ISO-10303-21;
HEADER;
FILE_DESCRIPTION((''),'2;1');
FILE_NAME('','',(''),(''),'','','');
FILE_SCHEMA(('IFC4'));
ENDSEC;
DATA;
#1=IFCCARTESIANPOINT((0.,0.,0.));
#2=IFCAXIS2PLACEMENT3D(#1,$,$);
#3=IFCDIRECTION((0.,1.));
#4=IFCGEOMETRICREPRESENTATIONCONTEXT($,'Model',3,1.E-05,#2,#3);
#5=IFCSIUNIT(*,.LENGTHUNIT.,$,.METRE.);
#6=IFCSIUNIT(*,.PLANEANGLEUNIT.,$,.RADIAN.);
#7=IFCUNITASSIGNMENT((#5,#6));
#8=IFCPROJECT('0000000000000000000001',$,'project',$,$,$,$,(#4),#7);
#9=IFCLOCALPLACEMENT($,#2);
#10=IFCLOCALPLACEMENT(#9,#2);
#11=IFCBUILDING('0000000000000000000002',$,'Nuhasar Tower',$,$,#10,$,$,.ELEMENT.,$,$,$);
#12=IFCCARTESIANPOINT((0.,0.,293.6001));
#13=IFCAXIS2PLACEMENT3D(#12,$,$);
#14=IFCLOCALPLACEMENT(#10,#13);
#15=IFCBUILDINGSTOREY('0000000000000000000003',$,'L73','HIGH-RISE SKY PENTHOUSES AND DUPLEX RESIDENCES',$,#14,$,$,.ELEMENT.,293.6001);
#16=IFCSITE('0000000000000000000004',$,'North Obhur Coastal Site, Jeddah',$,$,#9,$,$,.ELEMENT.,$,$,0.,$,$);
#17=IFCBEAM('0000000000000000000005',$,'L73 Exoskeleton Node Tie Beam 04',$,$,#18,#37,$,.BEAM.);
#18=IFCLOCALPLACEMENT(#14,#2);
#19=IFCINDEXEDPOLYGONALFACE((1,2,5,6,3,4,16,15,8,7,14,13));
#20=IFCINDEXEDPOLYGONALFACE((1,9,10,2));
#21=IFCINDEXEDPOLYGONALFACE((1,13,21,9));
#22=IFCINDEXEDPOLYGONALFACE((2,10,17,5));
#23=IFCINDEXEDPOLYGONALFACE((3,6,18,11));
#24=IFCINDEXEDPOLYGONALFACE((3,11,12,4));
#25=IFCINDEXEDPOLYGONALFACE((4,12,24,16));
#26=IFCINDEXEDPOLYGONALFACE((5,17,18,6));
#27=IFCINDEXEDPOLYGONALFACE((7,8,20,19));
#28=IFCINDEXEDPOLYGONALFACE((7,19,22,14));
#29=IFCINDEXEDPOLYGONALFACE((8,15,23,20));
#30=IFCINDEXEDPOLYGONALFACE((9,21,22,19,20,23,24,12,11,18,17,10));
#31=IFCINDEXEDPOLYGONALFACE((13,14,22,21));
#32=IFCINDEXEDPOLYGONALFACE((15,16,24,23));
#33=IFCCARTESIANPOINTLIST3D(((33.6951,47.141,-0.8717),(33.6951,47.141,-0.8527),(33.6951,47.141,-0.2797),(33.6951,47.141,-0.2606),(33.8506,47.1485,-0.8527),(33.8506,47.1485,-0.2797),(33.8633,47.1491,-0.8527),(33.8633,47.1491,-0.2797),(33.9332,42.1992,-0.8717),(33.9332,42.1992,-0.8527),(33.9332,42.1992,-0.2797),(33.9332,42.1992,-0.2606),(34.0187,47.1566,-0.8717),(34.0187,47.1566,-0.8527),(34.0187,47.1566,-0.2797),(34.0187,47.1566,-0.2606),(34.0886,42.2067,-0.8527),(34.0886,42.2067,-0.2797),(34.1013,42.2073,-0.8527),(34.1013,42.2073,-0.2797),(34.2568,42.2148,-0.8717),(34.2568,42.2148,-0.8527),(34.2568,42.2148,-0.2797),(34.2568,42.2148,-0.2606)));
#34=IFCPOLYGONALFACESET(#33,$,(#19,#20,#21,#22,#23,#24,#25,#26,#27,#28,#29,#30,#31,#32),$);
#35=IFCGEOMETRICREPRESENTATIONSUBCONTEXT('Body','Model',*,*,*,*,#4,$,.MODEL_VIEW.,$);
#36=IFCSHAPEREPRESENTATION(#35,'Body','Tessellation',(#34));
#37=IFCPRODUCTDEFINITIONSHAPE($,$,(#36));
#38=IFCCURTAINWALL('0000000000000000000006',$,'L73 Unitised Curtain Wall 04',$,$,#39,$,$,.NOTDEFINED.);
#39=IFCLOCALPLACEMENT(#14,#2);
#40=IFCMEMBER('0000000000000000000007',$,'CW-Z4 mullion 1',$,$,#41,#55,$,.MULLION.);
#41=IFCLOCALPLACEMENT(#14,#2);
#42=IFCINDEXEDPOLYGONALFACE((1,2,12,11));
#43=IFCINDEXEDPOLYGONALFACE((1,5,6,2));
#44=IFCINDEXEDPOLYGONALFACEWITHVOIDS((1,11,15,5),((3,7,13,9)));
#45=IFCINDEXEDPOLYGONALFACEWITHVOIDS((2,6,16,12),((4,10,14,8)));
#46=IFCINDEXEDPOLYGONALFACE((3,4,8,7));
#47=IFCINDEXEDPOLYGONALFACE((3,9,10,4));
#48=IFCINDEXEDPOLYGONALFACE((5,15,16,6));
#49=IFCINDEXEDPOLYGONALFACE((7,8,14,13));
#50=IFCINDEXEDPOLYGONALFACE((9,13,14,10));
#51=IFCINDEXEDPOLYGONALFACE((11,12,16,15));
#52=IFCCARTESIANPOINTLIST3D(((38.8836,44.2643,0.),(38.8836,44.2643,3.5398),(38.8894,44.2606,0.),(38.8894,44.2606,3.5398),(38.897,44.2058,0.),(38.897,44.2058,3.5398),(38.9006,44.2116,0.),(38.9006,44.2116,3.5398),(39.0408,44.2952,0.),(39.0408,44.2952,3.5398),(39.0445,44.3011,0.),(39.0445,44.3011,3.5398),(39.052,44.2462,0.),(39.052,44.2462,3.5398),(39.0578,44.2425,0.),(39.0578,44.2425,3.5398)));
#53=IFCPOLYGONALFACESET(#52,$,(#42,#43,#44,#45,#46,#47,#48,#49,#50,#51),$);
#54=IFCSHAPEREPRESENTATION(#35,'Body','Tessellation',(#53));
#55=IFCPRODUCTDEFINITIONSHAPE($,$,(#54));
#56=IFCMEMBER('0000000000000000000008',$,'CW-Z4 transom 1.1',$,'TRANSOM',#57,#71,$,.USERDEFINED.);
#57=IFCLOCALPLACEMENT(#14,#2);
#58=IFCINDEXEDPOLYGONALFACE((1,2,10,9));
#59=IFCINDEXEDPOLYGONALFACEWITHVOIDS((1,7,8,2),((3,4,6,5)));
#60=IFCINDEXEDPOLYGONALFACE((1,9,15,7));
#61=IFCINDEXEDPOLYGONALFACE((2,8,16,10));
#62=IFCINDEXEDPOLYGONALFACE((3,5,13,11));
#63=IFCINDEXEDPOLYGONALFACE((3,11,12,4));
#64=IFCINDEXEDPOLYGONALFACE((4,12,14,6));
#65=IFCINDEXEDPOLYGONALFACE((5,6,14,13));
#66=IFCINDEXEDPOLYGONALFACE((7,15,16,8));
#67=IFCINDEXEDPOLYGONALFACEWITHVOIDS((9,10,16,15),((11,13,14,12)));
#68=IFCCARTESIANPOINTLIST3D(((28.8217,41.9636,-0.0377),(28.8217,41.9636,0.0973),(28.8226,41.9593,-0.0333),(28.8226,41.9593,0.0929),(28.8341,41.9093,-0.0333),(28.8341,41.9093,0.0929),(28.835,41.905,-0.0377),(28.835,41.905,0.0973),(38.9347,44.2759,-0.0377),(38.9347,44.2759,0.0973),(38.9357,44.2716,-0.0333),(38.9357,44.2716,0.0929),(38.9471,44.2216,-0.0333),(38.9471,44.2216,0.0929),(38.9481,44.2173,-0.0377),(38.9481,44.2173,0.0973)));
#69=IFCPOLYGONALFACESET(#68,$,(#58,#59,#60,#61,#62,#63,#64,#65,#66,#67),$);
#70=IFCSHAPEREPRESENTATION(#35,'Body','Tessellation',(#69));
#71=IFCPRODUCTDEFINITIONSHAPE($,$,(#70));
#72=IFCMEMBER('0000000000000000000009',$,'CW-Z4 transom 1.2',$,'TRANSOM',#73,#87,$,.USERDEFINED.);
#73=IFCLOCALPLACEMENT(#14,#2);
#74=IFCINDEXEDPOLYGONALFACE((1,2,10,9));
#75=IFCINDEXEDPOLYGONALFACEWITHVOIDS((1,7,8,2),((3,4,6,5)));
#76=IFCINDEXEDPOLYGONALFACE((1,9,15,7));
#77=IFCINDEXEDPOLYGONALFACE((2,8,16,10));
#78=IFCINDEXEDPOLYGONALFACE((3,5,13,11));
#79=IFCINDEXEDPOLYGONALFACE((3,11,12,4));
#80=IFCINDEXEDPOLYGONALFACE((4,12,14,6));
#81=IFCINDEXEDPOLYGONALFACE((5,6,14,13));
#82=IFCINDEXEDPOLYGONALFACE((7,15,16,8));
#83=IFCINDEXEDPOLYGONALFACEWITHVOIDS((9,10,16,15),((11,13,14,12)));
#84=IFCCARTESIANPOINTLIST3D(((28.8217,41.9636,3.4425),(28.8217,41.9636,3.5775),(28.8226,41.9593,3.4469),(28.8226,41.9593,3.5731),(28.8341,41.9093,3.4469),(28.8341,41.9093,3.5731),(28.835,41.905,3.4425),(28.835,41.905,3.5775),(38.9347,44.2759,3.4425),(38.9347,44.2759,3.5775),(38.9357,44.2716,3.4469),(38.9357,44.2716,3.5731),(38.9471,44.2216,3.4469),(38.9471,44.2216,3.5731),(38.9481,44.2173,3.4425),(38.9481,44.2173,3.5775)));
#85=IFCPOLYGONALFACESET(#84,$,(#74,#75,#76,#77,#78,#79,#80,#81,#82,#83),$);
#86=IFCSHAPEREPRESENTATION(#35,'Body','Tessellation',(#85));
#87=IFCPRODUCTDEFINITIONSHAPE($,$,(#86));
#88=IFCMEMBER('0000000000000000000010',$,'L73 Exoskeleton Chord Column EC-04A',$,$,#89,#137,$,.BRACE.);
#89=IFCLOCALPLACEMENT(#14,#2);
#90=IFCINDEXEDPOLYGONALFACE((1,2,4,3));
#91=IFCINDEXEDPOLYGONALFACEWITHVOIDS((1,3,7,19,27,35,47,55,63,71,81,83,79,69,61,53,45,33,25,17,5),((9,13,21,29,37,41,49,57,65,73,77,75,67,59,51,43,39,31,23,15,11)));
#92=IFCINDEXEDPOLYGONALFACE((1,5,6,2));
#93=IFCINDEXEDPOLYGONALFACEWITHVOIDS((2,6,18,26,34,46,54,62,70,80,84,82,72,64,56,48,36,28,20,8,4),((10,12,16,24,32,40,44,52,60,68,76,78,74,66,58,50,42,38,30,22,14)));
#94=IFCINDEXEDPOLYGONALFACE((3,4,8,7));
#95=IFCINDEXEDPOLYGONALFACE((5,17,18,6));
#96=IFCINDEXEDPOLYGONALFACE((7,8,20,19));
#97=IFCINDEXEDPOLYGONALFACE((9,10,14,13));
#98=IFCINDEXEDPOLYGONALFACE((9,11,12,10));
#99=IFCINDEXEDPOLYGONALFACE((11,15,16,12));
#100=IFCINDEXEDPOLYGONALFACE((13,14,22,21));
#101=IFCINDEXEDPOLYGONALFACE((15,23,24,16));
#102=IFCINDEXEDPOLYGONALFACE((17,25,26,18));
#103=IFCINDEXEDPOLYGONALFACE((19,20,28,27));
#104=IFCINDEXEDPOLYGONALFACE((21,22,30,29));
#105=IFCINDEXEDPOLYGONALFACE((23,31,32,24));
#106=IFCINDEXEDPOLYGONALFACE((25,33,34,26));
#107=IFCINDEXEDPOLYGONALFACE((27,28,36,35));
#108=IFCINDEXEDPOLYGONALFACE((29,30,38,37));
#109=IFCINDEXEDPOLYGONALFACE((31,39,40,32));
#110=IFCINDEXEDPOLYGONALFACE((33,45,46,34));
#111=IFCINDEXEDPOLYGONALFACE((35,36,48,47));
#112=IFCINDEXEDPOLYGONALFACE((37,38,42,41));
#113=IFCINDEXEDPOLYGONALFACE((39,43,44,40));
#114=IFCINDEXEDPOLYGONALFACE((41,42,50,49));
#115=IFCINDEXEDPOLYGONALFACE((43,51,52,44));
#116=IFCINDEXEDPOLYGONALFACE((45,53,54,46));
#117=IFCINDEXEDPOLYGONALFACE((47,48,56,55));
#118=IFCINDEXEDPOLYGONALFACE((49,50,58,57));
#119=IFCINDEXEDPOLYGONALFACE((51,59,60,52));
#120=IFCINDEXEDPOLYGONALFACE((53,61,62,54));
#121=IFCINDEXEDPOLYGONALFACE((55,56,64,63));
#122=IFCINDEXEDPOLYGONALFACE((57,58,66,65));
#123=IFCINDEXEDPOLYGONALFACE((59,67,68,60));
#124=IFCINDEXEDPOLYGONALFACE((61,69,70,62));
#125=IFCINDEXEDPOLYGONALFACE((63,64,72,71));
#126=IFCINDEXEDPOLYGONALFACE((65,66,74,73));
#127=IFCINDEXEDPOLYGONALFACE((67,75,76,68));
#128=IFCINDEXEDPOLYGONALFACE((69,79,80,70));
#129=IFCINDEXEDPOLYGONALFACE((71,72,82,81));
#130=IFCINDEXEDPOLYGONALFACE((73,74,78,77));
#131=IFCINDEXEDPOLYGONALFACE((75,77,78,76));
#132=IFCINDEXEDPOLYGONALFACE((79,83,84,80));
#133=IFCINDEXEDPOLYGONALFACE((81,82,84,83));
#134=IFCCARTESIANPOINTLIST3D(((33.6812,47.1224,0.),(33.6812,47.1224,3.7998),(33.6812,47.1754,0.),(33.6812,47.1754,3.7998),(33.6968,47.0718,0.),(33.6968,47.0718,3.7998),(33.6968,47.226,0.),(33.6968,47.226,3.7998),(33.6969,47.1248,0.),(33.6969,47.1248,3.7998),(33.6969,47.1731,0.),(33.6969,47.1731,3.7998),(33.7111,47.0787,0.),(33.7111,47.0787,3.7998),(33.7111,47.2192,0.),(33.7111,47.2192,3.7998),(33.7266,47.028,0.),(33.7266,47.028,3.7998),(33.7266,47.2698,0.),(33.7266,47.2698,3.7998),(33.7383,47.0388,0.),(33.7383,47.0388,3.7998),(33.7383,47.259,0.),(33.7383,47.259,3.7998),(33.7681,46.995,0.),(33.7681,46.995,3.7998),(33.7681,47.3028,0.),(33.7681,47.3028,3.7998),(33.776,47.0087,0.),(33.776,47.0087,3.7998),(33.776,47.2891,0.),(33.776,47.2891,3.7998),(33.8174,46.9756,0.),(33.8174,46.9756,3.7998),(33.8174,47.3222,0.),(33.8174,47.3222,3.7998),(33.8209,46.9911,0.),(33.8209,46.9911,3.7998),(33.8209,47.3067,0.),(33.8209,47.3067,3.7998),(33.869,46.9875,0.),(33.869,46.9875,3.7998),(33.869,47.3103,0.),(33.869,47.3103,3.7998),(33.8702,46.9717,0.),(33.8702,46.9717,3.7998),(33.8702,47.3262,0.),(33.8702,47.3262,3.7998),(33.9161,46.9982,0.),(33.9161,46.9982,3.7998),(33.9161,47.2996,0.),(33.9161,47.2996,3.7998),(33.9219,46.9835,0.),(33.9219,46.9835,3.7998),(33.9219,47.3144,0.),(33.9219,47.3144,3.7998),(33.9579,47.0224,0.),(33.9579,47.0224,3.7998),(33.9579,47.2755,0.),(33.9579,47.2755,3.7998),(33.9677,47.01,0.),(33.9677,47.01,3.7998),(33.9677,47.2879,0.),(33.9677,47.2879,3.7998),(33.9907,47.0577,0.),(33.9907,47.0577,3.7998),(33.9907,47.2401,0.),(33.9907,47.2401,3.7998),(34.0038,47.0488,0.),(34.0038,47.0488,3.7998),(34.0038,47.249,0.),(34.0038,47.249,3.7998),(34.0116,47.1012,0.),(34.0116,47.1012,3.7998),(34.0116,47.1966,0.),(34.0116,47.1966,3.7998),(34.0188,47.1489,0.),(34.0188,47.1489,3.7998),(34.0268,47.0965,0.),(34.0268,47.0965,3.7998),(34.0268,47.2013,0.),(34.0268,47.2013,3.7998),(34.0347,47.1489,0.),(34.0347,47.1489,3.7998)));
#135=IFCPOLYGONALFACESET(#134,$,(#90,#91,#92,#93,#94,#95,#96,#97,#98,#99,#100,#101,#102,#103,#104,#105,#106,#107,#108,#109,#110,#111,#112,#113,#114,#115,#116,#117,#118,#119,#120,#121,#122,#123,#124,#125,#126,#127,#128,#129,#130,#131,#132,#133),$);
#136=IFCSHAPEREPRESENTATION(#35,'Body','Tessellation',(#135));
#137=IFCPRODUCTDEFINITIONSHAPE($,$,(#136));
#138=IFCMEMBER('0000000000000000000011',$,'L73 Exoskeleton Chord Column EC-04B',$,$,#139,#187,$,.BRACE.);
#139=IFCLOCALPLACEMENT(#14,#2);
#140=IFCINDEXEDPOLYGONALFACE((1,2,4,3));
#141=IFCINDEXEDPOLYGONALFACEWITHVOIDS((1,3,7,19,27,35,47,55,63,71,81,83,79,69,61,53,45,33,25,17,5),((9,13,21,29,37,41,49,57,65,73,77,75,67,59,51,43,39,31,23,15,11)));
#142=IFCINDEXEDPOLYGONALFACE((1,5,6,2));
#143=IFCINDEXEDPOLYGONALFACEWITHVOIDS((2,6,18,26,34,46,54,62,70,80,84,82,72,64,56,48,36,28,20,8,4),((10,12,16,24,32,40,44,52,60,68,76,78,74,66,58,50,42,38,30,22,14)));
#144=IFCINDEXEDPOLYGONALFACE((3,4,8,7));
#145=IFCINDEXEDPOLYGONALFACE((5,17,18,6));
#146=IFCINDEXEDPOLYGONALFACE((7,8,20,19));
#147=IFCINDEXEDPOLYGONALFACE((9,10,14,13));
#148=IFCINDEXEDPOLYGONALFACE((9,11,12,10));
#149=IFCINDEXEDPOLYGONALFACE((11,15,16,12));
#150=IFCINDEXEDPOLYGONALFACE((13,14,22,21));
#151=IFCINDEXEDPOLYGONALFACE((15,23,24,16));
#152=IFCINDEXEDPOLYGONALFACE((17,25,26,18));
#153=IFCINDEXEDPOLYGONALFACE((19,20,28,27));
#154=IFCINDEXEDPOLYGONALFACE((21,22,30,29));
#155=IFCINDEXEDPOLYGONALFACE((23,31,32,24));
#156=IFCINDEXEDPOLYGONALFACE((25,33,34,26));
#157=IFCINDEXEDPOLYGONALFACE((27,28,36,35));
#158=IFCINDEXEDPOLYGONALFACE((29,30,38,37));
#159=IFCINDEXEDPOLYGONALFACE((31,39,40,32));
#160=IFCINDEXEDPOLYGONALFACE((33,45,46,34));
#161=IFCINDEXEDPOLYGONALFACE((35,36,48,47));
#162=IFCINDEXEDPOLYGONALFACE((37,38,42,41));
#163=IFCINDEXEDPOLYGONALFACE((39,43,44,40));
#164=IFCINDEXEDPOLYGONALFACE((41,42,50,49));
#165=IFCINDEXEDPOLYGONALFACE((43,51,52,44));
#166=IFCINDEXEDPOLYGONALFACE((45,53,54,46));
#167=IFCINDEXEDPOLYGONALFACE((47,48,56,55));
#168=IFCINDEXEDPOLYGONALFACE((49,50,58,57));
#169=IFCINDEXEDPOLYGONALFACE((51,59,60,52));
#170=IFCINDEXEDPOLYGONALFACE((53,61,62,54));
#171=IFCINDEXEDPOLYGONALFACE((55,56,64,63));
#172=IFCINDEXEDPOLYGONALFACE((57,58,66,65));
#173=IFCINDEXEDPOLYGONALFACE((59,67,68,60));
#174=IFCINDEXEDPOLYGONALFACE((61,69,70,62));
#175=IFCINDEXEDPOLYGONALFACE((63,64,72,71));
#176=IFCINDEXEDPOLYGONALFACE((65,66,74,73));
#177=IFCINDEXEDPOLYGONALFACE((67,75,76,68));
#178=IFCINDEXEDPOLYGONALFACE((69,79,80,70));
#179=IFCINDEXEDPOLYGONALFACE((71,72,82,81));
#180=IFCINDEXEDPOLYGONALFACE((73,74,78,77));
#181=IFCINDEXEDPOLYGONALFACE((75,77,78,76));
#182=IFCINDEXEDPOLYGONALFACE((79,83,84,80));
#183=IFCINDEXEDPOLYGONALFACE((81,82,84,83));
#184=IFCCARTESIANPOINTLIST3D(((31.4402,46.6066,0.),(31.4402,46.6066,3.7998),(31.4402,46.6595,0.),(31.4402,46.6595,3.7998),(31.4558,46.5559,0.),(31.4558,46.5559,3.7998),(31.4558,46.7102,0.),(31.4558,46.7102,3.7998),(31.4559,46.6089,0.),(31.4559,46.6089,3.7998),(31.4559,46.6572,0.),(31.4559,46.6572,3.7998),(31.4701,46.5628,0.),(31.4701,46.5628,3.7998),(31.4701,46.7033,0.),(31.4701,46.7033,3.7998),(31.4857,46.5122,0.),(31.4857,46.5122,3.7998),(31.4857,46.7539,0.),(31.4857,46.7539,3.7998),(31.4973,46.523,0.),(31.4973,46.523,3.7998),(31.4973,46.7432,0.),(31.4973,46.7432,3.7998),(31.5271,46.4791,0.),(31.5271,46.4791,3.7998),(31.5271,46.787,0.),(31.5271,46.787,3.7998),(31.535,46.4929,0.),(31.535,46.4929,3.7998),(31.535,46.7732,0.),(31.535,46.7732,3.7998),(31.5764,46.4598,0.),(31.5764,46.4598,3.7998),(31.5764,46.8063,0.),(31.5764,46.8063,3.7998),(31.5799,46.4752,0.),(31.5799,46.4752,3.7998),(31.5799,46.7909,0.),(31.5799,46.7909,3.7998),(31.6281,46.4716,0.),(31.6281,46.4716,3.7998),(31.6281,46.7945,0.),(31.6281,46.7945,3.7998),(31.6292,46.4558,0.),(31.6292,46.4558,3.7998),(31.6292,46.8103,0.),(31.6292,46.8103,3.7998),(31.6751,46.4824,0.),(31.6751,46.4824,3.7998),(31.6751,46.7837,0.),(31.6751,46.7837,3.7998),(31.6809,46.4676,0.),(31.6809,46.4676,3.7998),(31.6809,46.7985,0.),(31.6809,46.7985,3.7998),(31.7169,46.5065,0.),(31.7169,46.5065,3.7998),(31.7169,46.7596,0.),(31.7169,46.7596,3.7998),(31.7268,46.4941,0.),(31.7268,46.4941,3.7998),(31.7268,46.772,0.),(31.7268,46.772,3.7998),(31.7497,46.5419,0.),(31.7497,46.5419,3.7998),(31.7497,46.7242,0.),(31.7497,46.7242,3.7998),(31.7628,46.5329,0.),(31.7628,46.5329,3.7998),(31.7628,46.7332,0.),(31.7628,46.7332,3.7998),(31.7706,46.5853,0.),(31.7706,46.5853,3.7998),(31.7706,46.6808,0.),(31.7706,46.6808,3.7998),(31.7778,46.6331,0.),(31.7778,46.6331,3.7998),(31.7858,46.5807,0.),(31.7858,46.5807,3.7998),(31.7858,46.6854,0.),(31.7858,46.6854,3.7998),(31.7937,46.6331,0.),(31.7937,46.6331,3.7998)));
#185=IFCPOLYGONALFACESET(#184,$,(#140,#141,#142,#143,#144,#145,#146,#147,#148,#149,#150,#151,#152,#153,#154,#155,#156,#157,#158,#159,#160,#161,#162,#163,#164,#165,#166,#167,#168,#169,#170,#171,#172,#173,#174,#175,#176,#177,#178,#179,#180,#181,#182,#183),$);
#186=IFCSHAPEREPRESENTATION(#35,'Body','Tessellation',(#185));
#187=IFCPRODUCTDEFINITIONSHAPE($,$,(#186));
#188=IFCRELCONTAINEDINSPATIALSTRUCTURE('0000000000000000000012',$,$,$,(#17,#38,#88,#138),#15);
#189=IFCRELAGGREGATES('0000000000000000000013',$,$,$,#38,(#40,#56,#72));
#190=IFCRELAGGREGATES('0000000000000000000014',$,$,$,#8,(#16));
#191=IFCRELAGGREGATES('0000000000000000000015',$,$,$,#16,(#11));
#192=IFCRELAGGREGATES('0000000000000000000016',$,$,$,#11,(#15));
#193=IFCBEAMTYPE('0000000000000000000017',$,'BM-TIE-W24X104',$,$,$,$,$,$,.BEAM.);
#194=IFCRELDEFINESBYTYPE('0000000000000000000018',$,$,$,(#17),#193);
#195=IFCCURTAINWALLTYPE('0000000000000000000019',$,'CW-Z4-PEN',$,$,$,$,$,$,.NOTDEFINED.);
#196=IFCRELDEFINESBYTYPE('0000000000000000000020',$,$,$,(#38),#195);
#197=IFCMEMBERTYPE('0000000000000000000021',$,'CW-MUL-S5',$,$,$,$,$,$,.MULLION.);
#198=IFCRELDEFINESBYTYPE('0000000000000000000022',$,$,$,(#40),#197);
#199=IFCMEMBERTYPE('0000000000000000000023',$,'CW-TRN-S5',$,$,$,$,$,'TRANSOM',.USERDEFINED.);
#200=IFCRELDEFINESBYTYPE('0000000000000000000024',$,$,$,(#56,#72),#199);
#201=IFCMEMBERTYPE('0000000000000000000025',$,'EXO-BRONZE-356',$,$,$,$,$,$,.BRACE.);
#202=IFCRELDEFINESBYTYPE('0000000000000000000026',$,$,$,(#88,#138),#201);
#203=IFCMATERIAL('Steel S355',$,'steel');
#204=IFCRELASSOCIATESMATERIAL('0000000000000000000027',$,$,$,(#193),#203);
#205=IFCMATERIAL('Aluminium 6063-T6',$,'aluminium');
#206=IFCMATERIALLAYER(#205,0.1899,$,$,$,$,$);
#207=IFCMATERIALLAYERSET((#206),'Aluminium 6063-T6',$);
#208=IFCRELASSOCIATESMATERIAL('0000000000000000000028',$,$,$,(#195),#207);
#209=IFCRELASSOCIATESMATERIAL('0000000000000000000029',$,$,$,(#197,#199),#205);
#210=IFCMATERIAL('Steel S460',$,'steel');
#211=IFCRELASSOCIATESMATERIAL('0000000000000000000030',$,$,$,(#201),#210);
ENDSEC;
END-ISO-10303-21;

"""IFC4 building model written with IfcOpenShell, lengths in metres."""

from ifc_helpers import new_model, si_unit, direction, frame, origin, origin_2d, place, context, subcontext, project, spatial, hollow_rectangle, hollow_circle, i_section, extrude, material, layer, layer_set, material_profile, profile_set, type_object, element, aggregate, save


model = new_model("IFC4")

# Units and contexts
model_context = context("Model", 3, precision=1e-05, world=origin(), true_north=direction((0.0, 1.0)))
body_context = subcontext(model_context, "Body", "Model", "MODEL_VIEW")
ifc_project = project(units=[si_unit("LENGTHUNIT", "METRE"), si_unit("PLANEANGLEUNIT", "RADIAN")], contexts=[model_context])

# Site, building, storey
site_placement = place(None, origin())
site = spatial("IfcSite", under=ifc_project, at=site_placement, Name="North Obhur Coastal Site, Jeddah", CompositionType="ELEMENT", RefElevation=0.0)
building_placement = place(site_placement, origin())
building = spatial("IfcBuilding", under=site, at=building_placement, Name="Nuhasar Tower", CompositionType="ELEMENT")
storey_placement = place(building_placement, frame((0.0, 0.0, 293.6001)))
storey = spatial("IfcBuildingStorey", under=building, at=storey_placement, Name="L73", Description="HIGH-RISE SKY PENTHOUSES AND DUPLEX RESIDENCES", CompositionType="ELEMENT", Elevation=293.6001)

# Beam
ifc_material_1 = material(Name="Steel S355", Category="steel")
ifc_material_profile_1 = material_profile(ifc_material_1, i_section(OverallWidth=0.324, OverallDepth=0.6111, WebThickness=0.0127, FlangeThickness=0.019, at=origin_2d()), Name="W24X104")
ifc_profile_set_1 = profile_set([ifc_material_profile_1], Name="Steel S355")
beam_type_1 = type_object("IfcBeamType", Name="BM-TIE-W24X104", PredefinedType="BEAM", material=ifc_profile_set_1)
beam_1_placement = place(storey_placement, frame((34.095, 42.207, -0.5662), z_axis=(-0.048111, 0.998842, 0.0), x_axis=(-0.998842, -0.048111, 0.0)))
element("IfcBeam", 1, at=beam_1_placement, inside=storey, type_object=beam_type_1, Name="L73 Exoskeleton Node Tie Beam 04", PredefinedType="BEAM", context=body_context, shape_type="SweptSolid", body=[
    extrude(i_section(OverallWidth=0.324, OverallDepth=0.6111, WebThickness=0.0127, FlangeThickness=0.019, at=origin_2d()), origin(), (0.0, 0.0, 1.0), 4.9475),
])

# Curtain wall, members
ifc_material_2 = material(Name="Aluminium 6063-T6", Category="aluminium")
ifc_layer_1 = layer(ifc_material_2, 0.1899)
ifc_layer_set_1 = layer_set([ifc_layer_1], Name="Aluminium 6063-T6")
curtain_wall_type = type_object("IfcCurtainWallType", Name="CW-Z4-PEN", PredefinedType="NOTDEFINED", material=ifc_layer_set_1)
curtain_wall_placement = place(storey_placement, origin())
curtain_wall = element("IfcCurtainWall", 2, at=curtain_wall_placement, inside=storey, type_object=curtain_wall_type, Name="L73 Unitised Curtain Wall 04", PredefinedType="NOTDEFINED")
ifc_material_profile_2 = material_profile(ifc_material_2, hollow_rectangle(XDim=0.0601, YDim=0.165, WallThickness=0.0049, at=origin_2d()), Name="CWM-5")
ifc_profile_set_2 = profile_set([ifc_material_profile_2], Name="Aluminium 6063-T6")
member_type_1 = type_object("IfcMemberType", Name="CW-MUL-S5", PredefinedType="MULLION", material=ifc_profile_set_2)
member_1_placement = place(storey_placement, frame((38.9707, 44.2534, 0.0), z_axis=(0.0, 0.0, 1.0), x_axis=(0.222889, -0.974844, 0.0)))
member_1 = element("IfcMember", 3, at=member_1_placement, type_object=member_type_1, Name="CW-Z4 mullion 1", PredefinedType="MULLION", context=body_context, shape_type="SweptSolid", body=[
    extrude(hollow_rectangle(XDim=0.0601, YDim=0.165, WallThickness=0.0049, at=origin_2d()), origin(), (0.0, 0.0, 1.0), 3.5398),
])
ifc_material_profile_3 = material_profile(ifc_material_2, hollow_rectangle(XDim=0.0601, YDim=0.135, WallThickness=0.0044, at=origin_2d()), Name="CWT-5")
ifc_profile_set_3 = profile_set([ifc_material_profile_3], Name="Aluminium 6063-T6")
member_type_2 = type_object("IfcMemberType", Name="CW-TRN-S5", ElementType="TRANSOM", PredefinedType="USERDEFINED", material=ifc_profile_set_3)
member_2_placement = place(storey_placement, frame((38.9414, 44.2466, 0.0298), z_axis=(-0.974844, -0.222889, 0.0), x_axis=(0.222889, -0.974844, 0.0)))
member_2 = element("IfcMember", 4, at=member_2_placement, type_object=member_type_2, Name="CW-Z4 transom 1.1", ObjectType="TRANSOM", PredefinedType="USERDEFINED", context=body_context, shape_type="SweptSolid", body=[
    extrude(hollow_rectangle(XDim=0.0601, YDim=0.135, WallThickness=0.0044, at=origin_2d()), origin(), (0.0, 0.0, 1.0), 10.374),
])
member_3_placement = place(storey_placement, frame((38.9414, 44.2466, 3.51), z_axis=(-0.974844, -0.222889, 0.0), x_axis=(0.222889, -0.974844, 0.0)))
member_3 = element("IfcMember", 5, at=member_3_placement, type_object=member_type_2, Name="CW-Z4 transom 1.2", ObjectType="TRANSOM", PredefinedType="USERDEFINED", context=body_context, shape_type="SweptSolid", body=[
    extrude(hollow_rectangle(XDim=0.0601, YDim=0.135, WallThickness=0.0044, at=origin_2d()), origin(), (0.0, 0.0, 1.0), 10.374),
])

# Members
ifc_material_3 = material(Name="Steel S460", Category="steel")
ifc_material_profile_4 = material_profile(ifc_material_3, hollow_circle(Radius=0.1777, WallThickness=0.0159, at=origin_2d()), Name="HSS355.6X15.9")
ifc_profile_set_4 = profile_set([ifc_material_profile_4], Name="Steel S460")
member_type_3 = type_object("IfcMemberType", Name="EXO-BRONZE-356", PredefinedType="BRACE", material=ifc_profile_set_4)
for number, where, z_axis, x_axis, name in (
    (6, (33.8569, 47.1489, 0.0), (0.0, 0.0, 1.0), (1.0, 0.0, 0.0), "L73 Exoskeleton Chord Column EC-04A"),
    (7, (31.616, 46.6331, 0.0), (0.0, 0.0, 1.0), (1.0, 0.0, 0.0), "L73 Exoskeleton Chord Column EC-04B"),
):
    element("IfcMember", number, at=place(storey_placement, frame(where, z_axis=z_axis, x_axis=x_axis)), inside=storey, type_object=member_type_3, Name=name, PredefinedType="BRACE", context=body_context, shape_type="SweptSolid", body=[
        extrude(hollow_circle(Radius=0.1777, WallThickness=0.0159, at=origin_2d()), origin(), (0.0, 0.0, 1.0), 3.7998),
    ])

aggregate(curtain_wall, [member_1, member_2, member_3])

save(model, "model.ifc")
